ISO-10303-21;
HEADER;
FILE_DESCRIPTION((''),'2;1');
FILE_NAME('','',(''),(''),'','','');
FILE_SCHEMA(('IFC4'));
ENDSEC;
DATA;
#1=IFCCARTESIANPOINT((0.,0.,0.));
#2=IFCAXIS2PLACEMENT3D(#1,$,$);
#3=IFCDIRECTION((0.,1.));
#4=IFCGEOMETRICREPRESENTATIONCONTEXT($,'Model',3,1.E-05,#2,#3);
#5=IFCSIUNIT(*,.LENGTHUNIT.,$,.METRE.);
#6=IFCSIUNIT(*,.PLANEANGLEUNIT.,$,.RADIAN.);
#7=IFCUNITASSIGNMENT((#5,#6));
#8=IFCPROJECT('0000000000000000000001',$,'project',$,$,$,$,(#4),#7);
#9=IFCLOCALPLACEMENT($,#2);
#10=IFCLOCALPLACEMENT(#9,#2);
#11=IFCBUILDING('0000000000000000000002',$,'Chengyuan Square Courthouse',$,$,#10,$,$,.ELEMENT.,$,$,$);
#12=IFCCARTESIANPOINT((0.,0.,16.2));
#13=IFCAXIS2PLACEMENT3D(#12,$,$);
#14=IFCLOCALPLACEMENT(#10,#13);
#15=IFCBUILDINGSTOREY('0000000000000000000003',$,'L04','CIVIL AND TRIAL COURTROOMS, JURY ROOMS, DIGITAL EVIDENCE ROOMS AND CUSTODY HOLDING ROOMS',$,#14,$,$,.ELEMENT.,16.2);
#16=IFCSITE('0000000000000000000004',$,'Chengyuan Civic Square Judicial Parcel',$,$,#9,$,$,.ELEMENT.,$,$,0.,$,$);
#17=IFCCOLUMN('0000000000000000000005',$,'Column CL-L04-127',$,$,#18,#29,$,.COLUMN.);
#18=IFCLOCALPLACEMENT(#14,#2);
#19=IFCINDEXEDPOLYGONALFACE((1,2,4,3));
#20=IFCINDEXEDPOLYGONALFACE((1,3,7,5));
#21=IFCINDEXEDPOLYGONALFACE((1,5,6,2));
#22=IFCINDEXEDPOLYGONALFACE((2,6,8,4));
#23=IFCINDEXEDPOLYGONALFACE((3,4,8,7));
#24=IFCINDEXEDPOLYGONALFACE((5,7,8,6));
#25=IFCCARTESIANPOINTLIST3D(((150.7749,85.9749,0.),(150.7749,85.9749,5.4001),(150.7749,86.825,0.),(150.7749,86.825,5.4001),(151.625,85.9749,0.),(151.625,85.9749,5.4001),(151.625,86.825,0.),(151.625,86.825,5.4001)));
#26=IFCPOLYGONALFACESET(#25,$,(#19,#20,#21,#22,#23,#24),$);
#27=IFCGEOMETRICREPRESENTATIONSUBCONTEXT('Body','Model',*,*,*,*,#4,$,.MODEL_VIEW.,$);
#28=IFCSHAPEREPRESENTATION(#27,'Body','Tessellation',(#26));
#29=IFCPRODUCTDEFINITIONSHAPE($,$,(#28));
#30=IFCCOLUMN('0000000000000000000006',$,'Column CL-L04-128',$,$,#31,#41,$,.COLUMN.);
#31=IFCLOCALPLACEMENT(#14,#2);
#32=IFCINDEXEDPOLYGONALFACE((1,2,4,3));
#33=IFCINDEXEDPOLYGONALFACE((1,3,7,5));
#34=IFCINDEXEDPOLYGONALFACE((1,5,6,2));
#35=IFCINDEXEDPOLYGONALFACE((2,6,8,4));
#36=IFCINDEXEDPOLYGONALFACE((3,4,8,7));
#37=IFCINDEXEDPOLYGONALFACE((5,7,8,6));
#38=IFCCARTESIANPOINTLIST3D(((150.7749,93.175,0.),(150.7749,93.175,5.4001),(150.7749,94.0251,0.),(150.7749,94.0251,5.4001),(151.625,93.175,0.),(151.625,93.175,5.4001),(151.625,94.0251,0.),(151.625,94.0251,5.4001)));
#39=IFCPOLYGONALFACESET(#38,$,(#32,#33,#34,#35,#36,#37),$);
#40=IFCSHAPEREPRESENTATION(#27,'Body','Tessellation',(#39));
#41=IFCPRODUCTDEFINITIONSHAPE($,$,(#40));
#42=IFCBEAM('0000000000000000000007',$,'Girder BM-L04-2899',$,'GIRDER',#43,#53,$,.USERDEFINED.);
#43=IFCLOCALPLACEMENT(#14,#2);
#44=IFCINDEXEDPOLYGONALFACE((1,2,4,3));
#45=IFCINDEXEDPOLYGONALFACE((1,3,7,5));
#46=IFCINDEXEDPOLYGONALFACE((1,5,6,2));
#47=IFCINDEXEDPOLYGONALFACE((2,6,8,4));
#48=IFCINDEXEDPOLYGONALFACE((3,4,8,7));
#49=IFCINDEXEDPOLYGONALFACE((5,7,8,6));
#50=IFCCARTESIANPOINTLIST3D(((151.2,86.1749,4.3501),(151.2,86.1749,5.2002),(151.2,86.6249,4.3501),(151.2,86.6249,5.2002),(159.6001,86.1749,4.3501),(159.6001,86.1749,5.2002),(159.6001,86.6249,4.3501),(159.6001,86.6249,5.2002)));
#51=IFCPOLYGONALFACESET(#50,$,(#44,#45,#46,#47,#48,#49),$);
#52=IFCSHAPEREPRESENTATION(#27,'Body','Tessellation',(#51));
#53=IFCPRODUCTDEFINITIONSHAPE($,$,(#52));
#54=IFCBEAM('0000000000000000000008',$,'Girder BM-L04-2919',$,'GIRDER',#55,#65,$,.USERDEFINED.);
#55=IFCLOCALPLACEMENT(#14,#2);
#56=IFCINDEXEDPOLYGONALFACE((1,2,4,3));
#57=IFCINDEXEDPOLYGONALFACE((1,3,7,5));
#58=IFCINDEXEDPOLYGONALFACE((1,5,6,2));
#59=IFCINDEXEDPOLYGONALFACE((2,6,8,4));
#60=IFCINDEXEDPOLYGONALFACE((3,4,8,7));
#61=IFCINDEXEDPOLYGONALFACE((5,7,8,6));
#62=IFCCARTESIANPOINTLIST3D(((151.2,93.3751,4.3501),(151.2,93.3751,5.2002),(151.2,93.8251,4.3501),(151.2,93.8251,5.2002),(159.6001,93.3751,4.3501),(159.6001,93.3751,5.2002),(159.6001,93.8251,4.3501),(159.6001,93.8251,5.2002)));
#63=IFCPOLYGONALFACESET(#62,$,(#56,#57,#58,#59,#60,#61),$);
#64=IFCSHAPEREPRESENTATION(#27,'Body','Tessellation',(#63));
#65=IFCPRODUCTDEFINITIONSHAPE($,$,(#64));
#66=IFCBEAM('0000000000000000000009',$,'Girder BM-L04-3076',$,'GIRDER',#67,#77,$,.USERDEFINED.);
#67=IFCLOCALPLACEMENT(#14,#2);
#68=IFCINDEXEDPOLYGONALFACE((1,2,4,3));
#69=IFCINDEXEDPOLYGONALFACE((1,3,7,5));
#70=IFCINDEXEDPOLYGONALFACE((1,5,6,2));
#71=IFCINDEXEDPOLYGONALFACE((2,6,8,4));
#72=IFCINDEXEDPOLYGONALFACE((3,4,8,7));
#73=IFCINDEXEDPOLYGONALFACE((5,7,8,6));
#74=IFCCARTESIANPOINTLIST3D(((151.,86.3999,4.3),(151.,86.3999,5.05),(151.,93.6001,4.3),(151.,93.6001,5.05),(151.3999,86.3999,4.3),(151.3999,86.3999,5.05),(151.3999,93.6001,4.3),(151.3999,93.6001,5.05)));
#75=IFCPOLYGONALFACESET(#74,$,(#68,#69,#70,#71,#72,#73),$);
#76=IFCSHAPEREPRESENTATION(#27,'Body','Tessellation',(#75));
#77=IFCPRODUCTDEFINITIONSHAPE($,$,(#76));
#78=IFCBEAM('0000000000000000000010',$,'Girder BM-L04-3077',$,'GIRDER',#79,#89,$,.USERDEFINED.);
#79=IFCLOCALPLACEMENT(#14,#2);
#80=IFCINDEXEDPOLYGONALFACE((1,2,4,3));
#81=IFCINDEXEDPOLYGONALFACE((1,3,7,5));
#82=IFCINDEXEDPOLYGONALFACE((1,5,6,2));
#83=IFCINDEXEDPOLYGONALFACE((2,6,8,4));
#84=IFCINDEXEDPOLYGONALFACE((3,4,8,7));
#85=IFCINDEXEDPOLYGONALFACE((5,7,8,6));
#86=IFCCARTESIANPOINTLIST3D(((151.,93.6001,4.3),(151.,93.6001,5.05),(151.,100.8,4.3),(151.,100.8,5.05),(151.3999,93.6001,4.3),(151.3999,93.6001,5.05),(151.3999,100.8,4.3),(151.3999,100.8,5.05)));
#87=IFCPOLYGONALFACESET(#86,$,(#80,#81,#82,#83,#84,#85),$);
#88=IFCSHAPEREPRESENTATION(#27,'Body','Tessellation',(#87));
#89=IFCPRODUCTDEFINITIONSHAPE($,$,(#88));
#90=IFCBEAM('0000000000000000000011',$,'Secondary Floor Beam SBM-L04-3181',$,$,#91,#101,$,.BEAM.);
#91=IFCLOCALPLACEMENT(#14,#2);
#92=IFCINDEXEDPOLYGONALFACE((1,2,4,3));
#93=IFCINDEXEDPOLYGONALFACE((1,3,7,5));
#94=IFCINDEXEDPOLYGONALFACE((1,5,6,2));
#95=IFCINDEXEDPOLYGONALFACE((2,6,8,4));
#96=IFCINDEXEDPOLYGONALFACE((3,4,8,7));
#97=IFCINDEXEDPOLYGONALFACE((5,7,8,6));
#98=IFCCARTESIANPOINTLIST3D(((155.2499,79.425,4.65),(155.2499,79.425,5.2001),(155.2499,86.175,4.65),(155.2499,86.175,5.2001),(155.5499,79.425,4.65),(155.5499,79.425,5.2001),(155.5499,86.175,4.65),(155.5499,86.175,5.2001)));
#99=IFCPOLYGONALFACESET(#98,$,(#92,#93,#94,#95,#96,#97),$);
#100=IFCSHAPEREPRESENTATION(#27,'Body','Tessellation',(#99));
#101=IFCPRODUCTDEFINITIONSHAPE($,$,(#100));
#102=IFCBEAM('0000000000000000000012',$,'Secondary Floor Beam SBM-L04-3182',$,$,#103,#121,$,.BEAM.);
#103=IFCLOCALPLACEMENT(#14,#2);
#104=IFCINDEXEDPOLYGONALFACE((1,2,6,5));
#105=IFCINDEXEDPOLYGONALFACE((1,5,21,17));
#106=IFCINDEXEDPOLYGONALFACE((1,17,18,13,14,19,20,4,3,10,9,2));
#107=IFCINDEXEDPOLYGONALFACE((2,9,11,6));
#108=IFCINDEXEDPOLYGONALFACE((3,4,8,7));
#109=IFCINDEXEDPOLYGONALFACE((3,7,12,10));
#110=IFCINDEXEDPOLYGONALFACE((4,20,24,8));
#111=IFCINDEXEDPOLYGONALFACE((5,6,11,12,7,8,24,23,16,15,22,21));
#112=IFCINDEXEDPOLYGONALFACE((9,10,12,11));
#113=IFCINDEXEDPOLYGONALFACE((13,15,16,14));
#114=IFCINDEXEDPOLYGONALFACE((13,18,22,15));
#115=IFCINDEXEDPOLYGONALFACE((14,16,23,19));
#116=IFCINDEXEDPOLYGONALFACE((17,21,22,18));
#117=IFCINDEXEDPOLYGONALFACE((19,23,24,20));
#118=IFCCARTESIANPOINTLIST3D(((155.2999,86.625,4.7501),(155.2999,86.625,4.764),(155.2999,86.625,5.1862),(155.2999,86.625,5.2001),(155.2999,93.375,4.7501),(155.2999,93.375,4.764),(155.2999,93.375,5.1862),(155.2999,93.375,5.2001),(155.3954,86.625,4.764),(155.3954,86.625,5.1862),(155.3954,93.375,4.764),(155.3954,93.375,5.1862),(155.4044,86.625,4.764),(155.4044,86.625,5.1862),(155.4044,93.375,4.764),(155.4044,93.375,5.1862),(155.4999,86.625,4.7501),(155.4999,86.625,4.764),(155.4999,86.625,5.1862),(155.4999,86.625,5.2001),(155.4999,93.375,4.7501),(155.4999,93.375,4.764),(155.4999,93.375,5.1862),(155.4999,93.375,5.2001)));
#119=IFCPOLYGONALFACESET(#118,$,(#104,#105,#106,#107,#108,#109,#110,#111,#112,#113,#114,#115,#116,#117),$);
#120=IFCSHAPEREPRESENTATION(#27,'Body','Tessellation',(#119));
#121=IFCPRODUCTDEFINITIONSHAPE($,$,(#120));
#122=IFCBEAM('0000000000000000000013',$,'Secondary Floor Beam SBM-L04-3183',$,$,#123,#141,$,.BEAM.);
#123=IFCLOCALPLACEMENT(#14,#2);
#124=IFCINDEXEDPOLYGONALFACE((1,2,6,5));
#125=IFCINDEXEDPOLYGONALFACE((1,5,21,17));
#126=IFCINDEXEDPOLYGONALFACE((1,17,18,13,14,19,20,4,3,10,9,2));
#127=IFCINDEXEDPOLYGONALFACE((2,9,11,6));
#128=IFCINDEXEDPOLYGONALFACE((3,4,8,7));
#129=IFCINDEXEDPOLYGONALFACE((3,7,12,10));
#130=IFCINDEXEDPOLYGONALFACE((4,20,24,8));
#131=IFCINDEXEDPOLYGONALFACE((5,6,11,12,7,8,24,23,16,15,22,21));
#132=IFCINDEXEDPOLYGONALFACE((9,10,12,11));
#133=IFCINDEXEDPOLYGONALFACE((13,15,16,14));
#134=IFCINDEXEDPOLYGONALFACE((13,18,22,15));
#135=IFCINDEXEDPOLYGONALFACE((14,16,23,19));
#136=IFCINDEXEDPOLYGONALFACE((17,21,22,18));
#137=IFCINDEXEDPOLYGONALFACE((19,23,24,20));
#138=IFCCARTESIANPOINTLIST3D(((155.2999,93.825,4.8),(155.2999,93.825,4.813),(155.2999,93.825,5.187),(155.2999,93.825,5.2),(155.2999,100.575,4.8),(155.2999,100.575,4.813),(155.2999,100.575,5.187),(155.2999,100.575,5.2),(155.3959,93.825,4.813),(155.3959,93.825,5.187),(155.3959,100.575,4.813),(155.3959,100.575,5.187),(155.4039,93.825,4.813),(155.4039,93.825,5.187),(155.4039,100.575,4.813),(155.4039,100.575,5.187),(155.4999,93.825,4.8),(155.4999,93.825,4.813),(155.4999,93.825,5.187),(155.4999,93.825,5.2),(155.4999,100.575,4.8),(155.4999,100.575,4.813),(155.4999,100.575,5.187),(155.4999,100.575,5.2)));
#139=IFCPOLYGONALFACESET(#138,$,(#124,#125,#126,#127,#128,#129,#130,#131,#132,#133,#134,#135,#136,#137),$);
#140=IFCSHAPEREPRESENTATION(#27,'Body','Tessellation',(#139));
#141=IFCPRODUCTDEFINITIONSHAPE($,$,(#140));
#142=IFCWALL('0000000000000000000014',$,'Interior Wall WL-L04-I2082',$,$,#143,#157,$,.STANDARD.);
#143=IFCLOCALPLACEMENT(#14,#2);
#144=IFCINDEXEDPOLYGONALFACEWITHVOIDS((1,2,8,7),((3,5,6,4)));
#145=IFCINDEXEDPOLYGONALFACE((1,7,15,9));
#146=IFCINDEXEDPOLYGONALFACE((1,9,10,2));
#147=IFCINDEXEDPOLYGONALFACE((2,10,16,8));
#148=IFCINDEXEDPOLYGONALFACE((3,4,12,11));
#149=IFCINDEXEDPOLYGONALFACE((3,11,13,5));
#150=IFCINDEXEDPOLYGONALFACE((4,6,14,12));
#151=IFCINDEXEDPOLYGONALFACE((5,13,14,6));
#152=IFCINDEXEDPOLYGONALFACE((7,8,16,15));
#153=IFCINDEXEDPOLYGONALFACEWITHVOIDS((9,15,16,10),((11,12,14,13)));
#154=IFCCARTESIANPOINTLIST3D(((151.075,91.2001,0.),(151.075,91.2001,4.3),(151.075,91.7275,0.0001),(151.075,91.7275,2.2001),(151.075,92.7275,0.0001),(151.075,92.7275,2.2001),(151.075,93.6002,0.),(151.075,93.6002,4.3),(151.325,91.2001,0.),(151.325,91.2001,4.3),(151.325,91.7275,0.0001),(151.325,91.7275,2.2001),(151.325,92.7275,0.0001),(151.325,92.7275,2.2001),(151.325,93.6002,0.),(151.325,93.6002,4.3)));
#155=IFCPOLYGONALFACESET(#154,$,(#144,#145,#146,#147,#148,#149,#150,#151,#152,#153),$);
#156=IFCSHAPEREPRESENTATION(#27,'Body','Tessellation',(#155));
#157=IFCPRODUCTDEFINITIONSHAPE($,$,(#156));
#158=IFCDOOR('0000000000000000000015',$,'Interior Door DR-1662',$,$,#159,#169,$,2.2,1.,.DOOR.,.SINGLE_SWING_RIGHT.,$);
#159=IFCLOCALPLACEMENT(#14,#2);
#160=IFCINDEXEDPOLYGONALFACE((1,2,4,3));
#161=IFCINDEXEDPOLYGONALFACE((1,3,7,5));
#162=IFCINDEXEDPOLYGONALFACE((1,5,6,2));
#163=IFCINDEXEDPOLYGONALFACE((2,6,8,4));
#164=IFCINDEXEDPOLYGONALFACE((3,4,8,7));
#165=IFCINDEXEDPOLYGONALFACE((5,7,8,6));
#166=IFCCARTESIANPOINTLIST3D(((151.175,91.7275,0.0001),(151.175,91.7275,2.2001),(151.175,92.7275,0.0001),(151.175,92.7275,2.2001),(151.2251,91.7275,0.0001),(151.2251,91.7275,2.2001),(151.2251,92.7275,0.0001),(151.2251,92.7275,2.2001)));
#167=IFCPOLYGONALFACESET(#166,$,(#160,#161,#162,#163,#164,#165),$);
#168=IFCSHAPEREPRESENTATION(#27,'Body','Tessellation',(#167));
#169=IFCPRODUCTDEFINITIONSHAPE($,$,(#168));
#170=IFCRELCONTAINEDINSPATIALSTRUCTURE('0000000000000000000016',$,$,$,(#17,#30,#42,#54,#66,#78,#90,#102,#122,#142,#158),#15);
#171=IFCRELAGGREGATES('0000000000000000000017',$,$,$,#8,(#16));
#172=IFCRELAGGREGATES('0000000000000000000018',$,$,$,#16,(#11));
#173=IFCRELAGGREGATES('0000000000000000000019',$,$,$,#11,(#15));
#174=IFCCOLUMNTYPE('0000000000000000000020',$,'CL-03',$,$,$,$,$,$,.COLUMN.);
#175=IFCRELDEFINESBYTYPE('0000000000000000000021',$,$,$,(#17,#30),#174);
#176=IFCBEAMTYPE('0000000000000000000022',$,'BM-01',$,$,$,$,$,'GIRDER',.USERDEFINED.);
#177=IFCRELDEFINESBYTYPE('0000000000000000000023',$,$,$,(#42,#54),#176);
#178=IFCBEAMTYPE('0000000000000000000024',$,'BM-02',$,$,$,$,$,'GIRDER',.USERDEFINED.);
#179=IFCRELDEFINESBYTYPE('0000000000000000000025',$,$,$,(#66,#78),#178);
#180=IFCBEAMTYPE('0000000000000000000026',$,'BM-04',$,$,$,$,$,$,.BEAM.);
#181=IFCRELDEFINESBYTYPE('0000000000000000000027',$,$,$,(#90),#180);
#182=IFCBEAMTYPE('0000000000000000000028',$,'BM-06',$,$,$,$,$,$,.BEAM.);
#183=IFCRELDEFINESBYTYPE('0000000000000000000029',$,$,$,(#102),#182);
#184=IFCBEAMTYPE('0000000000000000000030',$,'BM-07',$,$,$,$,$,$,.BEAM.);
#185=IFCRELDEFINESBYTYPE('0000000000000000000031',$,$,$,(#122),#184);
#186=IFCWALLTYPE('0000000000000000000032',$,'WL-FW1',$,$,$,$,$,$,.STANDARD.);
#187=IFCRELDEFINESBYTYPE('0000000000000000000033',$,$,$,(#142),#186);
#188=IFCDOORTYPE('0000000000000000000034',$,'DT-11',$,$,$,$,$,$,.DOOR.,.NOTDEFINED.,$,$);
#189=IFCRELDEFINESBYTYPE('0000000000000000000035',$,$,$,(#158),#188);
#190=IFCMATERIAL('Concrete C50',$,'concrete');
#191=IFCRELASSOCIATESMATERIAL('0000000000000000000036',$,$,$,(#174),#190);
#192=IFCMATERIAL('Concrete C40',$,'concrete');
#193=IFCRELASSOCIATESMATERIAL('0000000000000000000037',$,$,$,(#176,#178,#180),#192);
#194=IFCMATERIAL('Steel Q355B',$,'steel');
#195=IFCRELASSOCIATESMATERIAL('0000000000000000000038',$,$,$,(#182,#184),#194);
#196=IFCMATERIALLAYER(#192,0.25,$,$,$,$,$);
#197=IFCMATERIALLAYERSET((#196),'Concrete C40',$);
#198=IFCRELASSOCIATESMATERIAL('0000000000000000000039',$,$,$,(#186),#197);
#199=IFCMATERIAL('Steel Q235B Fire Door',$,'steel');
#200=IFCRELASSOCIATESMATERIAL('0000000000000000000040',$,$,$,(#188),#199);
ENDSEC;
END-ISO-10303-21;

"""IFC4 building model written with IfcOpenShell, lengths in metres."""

from ifc_helpers import new_model, si_unit, direction, frame, frame_2d, origin, origin_2d, place, context, subcontext, project, spatial, rectangle, i_section, extrude, material, layer, layer_set, material_profile, profile_set, type_object, element, fill, save


model = new_model("IFC4")

# Units and contexts
model_context = context("Model", 3, precision=1e-05, world=origin(), true_north=direction((0.0, 1.0)))
body_context = subcontext(model_context, "Body", "Model", "MODEL_VIEW")
ifc_project = project(units=[si_unit("LENGTHUNIT", "METRE"), si_unit("PLANEANGLEUNIT", "RADIAN")], contexts=[model_context])

# Site, building, storey
site_placement = place(None, origin())
site = spatial("IfcSite", under=ifc_project, at=site_placement, Name="Chengyuan Civic Square Judicial Parcel", CompositionType="ELEMENT", RefElevation=0.0)
building_placement = place(site_placement, origin())
building = spatial("IfcBuilding", under=site, at=building_placement, Name="Chengyuan Square Courthouse", CompositionType="ELEMENT")
storey_placement = place(building_placement, frame((0.0, 0.0, 16.2)))
storey = spatial("IfcBuildingStorey", under=building, at=storey_placement, Name="L04", Description="CIVIL AND TRIAL COURTROOMS, JURY ROOMS, DIGITAL EVIDENCE ROOMS AND CUSTODY HOLDING ROOMS", CompositionType="ELEMENT", Elevation=16.2)

# Columns
ifc_material_1 = material(Name="Concrete C50", Category="concrete")
ifc_material_profile_1 = material_profile(ifc_material_1, rectangle(XDim=0.8501, YDim=0.8501, at=origin_2d()), Name="RC-COL-850x850")
ifc_profile_set_1 = profile_set([ifc_material_profile_1], Name="Concrete C50")
column_type = type_object("IfcColumnType", Name="CL-03", PredefinedType="COLUMN", material=ifc_profile_set_1)
for number, where, z_axis, x_axis, name in (
    (1, (151.2, 86.3999, 0.0), (0.0, 0.0, 1.0), (1.0, 0.0, 0.0), "Column CL-L04-127"),
    (2, (151.2, 93.6001, 0.0), (0.0, 0.0, 1.0), (1.0, 0.0, 0.0), "Column CL-L04-128"),
):
    element("IfcColumn", number, at=place(storey_placement, frame(where, z_axis=z_axis, x_axis=x_axis)), inside=storey, type_object=column_type, Name=name, PredefinedType="COLUMN", context=body_context, shape_type="SweptSolid", body=[
        extrude(rectangle(XDim=0.8501, YDim=0.8501, at=origin_2d()), origin(), (0.0, 0.0, 1.0), 5.4001),
    ])

# Beams
ifc_material_2 = material(Name="Concrete C40", Category="concrete")
ifc_material_profile_2 = material_profile(ifc_material_2, rectangle(XDim=0.45, YDim=0.8501, at=origin_2d()), Name="RC-BM-450x850")
ifc_profile_set_2 = profile_set([ifc_material_profile_2], Name="Concrete C40")
beam_type_1 = type_object("IfcBeamType", Name="BM-01", ElementType="GIRDER", PredefinedType="USERDEFINED", material=ifc_profile_set_2)
for number, where, z_axis, x_axis, name in (
    (3, (151.2, 86.3999, 4.7751), (1.0, 0.0, 0.0), (0.0, 1.0, 0.0), "Girder BM-L04-2899"),
    (4, (151.2, 93.6001, 4.7751), (1.0, 0.0, 0.0), (0.0, 1.0, 0.0), "Girder BM-L04-2919"),
):
    element("IfcBeam", number, at=place(storey_placement, frame(where, z_axis=z_axis, x_axis=x_axis)), inside=storey, type_object=beam_type_1, Name=name, ObjectType="GIRDER", PredefinedType="USERDEFINED", context=body_context, shape_type="SweptSolid", body=[
        extrude(rectangle(XDim=0.45, YDim=0.8501, at=origin_2d()), origin(), (0.0, 0.0, 1.0), 8.4001),
    ])
ifc_material_profile_3 = material_profile(ifc_material_2, rectangle(XDim=0.3999, YDim=0.75, at=origin_2d()), Name="RC-BM-400x750")
ifc_profile_set_3 = profile_set([ifc_material_profile_3], Name="Concrete C40")
beam_type_2 = type_object("IfcBeamType", Name="BM-02", ElementType="GIRDER", PredefinedType="USERDEFINED", material=ifc_profile_set_3)
beam_1_placement = place(storey_placement, frame((151.2, 86.3999, 4.675), z_axis=(0.0, 1.0, 0.0), x_axis=(-1.0, 0.0, 0.0)))
element("IfcBeam", 5, at=beam_1_placement, inside=storey, type_object=beam_type_2, Name="Girder BM-L04-3076", ObjectType="GIRDER", PredefinedType="USERDEFINED", context=body_context, shape_type="SweptSolid", body=[
    extrude(rectangle(XDim=0.3999, YDim=0.75, at=origin_2d()), origin(), (0.0, 0.0, 1.0), 7.2002),
])
beam_2_placement = place(storey_placement, frame((151.2, 93.6001, 4.675), z_axis=(0.0, 1.0, 0.0), x_axis=(-1.0, 0.0, 0.0)))
element("IfcBeam", 6, at=beam_2_placement, inside=storey, type_object=beam_type_2, Name="Girder BM-L04-3077", ObjectType="GIRDER", PredefinedType="USERDEFINED", context=body_context, shape_type="SweptSolid", body=[
    extrude(rectangle(XDim=0.3999, YDim=0.75, at=origin_2d()), origin(), (0.0, 0.0, 1.0), 7.2),
])
ifc_material_profile_4 = material_profile(ifc_material_2, rectangle(XDim=0.3, YDim=0.55, at=origin_2d()), Name="RC-BM-300x550")
ifc_profile_set_4 = profile_set([ifc_material_profile_4], Name="Concrete C40")
beam_type_3 = type_object("IfcBeamType", Name="BM-04", PredefinedType="BEAM", material=ifc_profile_set_4)
beam_3_placement = place(storey_placement, frame((155.3999, 79.425, 4.925), z_axis=(0.0, 1.0, 0.0), x_axis=(-1.0, 0.0, 0.0)))
element("IfcBeam", 7, at=beam_3_placement, inside=storey, type_object=beam_type_3, Name="Secondary Floor Beam SBM-L04-3181", PredefinedType="BEAM", context=body_context, shape_type="SweptSolid", body=[
    extrude(rectangle(XDim=0.3, YDim=0.55, at=origin_2d()), origin(), (0.0, 0.0, 1.0), 6.75),
])
ifc_material_3 = material(Name="Steel Q355B", Category="steel")
ifc_material_profile_5 = material_profile(ifc_material_3, i_section(OverallWidth=0.2, OverallDepth=0.45, WebThickness=0.009, FlangeThickness=0.0139, at=origin_2d()), Name="HN 450x200x9x14")
ifc_profile_set_5 = profile_set([ifc_material_profile_5], Name="Steel Q355B")
beam_type_4 = type_object("IfcBeamType", Name="BM-06", PredefinedType="BEAM", material=ifc_profile_set_5)
beam_4_placement = place(storey_placement, frame((155.3999, 86.625, 4.9751), z_axis=(0.0, 1.0, 0.0), x_axis=(-1.0, 0.0, 0.0)))
element("IfcBeam", 8, at=beam_4_placement, inside=storey, type_object=beam_type_4, Name="Secondary Floor Beam SBM-L04-3182", PredefinedType="BEAM", context=body_context, shape_type="SweptSolid", body=[
    extrude(i_section(OverallWidth=0.2, OverallDepth=0.45, WebThickness=0.009, FlangeThickness=0.0139, at=origin_2d()), origin(), (0.0, 0.0, 1.0), 6.75),
])
ifc_material_profile_6 = material_profile(ifc_material_3, i_section(OverallWidth=0.2, OverallDepth=0.3999, WebThickness=0.0081, FlangeThickness=0.0129, at=origin_2d()), Name="HN 400x200x8x13")
ifc_profile_set_6 = profile_set([ifc_material_profile_6], Name="Steel Q355B")
beam_type_5 = type_object("IfcBeamType", Name="BM-07", PredefinedType="BEAM", material=ifc_profile_set_6)
beam_5_placement = place(storey_placement, frame((155.3999, 93.825, 5.0), z_axis=(0.0, 1.0, 0.0), x_axis=(-1.0, 0.0, 0.0)))
element("IfcBeam", 9, at=beam_5_placement, inside=storey, type_object=beam_type_5, Name="Secondary Floor Beam SBM-L04-3183", PredefinedType="BEAM", context=body_context, shape_type="SweptSolid", body=[
    extrude(i_section(OverallWidth=0.2, OverallDepth=0.3999, WebThickness=0.0081, FlangeThickness=0.0129, at=origin_2d()), origin(), (0.0, 0.0, 1.0), 6.75),
])

# Wall, opening, door
ifc_layer_1 = layer(ifc_material_2, 0.25)
ifc_layer_set_1 = layer_set([ifc_layer_1], Name="Concrete C40")
wall_type_1 = type_object("IfcWallType", Name="WL-FW1", PredefinedType="STANDARD", material=ifc_layer_set_1)
wall_1_placement = place(storey_placement, frame((151.2, 91.2, 0.0), z_axis=(0.0, 0.0, 1.0), x_axis=(0.0, 1.0, 0.0)))
wall_1 = element("IfcWall", 10, at=wall_1_placement, inside=storey, type_object=wall_type_1, Name="Interior Wall WL-L04-I2082", PredefinedType="STANDARD", context=body_context, shape_type="SweptSolid", body=[
    extrude(rectangle(XDim=2.4001, YDim=0.25, at=frame_2d((1.2002, 0.0))), origin(), (0.0, 0.0, 1.0), 4.3),
])
opening_1_placement = place(wall_1_placement, frame((0.5276, 0.0, 0.0)))
opening_1 = element("IfcOpeningElement", 11, at=opening_1_placement, cuts=wall_1, PredefinedType="OPENING", context=body_context, shape_type="SweptSolid", body=[
    extrude(rectangle(XDim=1.0, YDim=2.2, at=frame_2d((0.5, 1.1001))), frame((0.0, 0.137, 0.0), z_axis=(0.0, -1.0, 0.0), x_axis=(1.0, 0.0, 0.0)), (0.0, 0.0, 1.0), 0.2739),
])
ifc_material_4 = material(Name="Steel Q235B Fire Door", Category="steel")
door_type_1 = type_object("IfcDoorType", Name="DT-11", OperationType="NOTDEFINED", PredefinedType="DOOR", material=ifc_material_4)
door_1_placement = place(opening_1_placement, origin())
door_1 = element("IfcDoor", 12, at=door_1_placement, inside=storey, type_object=door_type_1, Name="Interior Door DR-1662", OperationType="SINGLE_SWING_RIGHT", OverallHeight=2.2, OverallWidth=1.0, PredefinedType="DOOR", context=body_context, shape_type="SweptSolid", body=[
    extrude(rectangle(XDim=1.0, YDim=2.2, at=frame_2d((0.5, 1.1001))), frame((0.0, 0.0249, 0.0), z_axis=(0.0, -1.0, 0.0), x_axis=(1.0, 0.0, 0.0)), (0.0, 0.0, 1.0), 0.05),
])
fill(opening_1, door_1)

save(model, "model.ifc")
